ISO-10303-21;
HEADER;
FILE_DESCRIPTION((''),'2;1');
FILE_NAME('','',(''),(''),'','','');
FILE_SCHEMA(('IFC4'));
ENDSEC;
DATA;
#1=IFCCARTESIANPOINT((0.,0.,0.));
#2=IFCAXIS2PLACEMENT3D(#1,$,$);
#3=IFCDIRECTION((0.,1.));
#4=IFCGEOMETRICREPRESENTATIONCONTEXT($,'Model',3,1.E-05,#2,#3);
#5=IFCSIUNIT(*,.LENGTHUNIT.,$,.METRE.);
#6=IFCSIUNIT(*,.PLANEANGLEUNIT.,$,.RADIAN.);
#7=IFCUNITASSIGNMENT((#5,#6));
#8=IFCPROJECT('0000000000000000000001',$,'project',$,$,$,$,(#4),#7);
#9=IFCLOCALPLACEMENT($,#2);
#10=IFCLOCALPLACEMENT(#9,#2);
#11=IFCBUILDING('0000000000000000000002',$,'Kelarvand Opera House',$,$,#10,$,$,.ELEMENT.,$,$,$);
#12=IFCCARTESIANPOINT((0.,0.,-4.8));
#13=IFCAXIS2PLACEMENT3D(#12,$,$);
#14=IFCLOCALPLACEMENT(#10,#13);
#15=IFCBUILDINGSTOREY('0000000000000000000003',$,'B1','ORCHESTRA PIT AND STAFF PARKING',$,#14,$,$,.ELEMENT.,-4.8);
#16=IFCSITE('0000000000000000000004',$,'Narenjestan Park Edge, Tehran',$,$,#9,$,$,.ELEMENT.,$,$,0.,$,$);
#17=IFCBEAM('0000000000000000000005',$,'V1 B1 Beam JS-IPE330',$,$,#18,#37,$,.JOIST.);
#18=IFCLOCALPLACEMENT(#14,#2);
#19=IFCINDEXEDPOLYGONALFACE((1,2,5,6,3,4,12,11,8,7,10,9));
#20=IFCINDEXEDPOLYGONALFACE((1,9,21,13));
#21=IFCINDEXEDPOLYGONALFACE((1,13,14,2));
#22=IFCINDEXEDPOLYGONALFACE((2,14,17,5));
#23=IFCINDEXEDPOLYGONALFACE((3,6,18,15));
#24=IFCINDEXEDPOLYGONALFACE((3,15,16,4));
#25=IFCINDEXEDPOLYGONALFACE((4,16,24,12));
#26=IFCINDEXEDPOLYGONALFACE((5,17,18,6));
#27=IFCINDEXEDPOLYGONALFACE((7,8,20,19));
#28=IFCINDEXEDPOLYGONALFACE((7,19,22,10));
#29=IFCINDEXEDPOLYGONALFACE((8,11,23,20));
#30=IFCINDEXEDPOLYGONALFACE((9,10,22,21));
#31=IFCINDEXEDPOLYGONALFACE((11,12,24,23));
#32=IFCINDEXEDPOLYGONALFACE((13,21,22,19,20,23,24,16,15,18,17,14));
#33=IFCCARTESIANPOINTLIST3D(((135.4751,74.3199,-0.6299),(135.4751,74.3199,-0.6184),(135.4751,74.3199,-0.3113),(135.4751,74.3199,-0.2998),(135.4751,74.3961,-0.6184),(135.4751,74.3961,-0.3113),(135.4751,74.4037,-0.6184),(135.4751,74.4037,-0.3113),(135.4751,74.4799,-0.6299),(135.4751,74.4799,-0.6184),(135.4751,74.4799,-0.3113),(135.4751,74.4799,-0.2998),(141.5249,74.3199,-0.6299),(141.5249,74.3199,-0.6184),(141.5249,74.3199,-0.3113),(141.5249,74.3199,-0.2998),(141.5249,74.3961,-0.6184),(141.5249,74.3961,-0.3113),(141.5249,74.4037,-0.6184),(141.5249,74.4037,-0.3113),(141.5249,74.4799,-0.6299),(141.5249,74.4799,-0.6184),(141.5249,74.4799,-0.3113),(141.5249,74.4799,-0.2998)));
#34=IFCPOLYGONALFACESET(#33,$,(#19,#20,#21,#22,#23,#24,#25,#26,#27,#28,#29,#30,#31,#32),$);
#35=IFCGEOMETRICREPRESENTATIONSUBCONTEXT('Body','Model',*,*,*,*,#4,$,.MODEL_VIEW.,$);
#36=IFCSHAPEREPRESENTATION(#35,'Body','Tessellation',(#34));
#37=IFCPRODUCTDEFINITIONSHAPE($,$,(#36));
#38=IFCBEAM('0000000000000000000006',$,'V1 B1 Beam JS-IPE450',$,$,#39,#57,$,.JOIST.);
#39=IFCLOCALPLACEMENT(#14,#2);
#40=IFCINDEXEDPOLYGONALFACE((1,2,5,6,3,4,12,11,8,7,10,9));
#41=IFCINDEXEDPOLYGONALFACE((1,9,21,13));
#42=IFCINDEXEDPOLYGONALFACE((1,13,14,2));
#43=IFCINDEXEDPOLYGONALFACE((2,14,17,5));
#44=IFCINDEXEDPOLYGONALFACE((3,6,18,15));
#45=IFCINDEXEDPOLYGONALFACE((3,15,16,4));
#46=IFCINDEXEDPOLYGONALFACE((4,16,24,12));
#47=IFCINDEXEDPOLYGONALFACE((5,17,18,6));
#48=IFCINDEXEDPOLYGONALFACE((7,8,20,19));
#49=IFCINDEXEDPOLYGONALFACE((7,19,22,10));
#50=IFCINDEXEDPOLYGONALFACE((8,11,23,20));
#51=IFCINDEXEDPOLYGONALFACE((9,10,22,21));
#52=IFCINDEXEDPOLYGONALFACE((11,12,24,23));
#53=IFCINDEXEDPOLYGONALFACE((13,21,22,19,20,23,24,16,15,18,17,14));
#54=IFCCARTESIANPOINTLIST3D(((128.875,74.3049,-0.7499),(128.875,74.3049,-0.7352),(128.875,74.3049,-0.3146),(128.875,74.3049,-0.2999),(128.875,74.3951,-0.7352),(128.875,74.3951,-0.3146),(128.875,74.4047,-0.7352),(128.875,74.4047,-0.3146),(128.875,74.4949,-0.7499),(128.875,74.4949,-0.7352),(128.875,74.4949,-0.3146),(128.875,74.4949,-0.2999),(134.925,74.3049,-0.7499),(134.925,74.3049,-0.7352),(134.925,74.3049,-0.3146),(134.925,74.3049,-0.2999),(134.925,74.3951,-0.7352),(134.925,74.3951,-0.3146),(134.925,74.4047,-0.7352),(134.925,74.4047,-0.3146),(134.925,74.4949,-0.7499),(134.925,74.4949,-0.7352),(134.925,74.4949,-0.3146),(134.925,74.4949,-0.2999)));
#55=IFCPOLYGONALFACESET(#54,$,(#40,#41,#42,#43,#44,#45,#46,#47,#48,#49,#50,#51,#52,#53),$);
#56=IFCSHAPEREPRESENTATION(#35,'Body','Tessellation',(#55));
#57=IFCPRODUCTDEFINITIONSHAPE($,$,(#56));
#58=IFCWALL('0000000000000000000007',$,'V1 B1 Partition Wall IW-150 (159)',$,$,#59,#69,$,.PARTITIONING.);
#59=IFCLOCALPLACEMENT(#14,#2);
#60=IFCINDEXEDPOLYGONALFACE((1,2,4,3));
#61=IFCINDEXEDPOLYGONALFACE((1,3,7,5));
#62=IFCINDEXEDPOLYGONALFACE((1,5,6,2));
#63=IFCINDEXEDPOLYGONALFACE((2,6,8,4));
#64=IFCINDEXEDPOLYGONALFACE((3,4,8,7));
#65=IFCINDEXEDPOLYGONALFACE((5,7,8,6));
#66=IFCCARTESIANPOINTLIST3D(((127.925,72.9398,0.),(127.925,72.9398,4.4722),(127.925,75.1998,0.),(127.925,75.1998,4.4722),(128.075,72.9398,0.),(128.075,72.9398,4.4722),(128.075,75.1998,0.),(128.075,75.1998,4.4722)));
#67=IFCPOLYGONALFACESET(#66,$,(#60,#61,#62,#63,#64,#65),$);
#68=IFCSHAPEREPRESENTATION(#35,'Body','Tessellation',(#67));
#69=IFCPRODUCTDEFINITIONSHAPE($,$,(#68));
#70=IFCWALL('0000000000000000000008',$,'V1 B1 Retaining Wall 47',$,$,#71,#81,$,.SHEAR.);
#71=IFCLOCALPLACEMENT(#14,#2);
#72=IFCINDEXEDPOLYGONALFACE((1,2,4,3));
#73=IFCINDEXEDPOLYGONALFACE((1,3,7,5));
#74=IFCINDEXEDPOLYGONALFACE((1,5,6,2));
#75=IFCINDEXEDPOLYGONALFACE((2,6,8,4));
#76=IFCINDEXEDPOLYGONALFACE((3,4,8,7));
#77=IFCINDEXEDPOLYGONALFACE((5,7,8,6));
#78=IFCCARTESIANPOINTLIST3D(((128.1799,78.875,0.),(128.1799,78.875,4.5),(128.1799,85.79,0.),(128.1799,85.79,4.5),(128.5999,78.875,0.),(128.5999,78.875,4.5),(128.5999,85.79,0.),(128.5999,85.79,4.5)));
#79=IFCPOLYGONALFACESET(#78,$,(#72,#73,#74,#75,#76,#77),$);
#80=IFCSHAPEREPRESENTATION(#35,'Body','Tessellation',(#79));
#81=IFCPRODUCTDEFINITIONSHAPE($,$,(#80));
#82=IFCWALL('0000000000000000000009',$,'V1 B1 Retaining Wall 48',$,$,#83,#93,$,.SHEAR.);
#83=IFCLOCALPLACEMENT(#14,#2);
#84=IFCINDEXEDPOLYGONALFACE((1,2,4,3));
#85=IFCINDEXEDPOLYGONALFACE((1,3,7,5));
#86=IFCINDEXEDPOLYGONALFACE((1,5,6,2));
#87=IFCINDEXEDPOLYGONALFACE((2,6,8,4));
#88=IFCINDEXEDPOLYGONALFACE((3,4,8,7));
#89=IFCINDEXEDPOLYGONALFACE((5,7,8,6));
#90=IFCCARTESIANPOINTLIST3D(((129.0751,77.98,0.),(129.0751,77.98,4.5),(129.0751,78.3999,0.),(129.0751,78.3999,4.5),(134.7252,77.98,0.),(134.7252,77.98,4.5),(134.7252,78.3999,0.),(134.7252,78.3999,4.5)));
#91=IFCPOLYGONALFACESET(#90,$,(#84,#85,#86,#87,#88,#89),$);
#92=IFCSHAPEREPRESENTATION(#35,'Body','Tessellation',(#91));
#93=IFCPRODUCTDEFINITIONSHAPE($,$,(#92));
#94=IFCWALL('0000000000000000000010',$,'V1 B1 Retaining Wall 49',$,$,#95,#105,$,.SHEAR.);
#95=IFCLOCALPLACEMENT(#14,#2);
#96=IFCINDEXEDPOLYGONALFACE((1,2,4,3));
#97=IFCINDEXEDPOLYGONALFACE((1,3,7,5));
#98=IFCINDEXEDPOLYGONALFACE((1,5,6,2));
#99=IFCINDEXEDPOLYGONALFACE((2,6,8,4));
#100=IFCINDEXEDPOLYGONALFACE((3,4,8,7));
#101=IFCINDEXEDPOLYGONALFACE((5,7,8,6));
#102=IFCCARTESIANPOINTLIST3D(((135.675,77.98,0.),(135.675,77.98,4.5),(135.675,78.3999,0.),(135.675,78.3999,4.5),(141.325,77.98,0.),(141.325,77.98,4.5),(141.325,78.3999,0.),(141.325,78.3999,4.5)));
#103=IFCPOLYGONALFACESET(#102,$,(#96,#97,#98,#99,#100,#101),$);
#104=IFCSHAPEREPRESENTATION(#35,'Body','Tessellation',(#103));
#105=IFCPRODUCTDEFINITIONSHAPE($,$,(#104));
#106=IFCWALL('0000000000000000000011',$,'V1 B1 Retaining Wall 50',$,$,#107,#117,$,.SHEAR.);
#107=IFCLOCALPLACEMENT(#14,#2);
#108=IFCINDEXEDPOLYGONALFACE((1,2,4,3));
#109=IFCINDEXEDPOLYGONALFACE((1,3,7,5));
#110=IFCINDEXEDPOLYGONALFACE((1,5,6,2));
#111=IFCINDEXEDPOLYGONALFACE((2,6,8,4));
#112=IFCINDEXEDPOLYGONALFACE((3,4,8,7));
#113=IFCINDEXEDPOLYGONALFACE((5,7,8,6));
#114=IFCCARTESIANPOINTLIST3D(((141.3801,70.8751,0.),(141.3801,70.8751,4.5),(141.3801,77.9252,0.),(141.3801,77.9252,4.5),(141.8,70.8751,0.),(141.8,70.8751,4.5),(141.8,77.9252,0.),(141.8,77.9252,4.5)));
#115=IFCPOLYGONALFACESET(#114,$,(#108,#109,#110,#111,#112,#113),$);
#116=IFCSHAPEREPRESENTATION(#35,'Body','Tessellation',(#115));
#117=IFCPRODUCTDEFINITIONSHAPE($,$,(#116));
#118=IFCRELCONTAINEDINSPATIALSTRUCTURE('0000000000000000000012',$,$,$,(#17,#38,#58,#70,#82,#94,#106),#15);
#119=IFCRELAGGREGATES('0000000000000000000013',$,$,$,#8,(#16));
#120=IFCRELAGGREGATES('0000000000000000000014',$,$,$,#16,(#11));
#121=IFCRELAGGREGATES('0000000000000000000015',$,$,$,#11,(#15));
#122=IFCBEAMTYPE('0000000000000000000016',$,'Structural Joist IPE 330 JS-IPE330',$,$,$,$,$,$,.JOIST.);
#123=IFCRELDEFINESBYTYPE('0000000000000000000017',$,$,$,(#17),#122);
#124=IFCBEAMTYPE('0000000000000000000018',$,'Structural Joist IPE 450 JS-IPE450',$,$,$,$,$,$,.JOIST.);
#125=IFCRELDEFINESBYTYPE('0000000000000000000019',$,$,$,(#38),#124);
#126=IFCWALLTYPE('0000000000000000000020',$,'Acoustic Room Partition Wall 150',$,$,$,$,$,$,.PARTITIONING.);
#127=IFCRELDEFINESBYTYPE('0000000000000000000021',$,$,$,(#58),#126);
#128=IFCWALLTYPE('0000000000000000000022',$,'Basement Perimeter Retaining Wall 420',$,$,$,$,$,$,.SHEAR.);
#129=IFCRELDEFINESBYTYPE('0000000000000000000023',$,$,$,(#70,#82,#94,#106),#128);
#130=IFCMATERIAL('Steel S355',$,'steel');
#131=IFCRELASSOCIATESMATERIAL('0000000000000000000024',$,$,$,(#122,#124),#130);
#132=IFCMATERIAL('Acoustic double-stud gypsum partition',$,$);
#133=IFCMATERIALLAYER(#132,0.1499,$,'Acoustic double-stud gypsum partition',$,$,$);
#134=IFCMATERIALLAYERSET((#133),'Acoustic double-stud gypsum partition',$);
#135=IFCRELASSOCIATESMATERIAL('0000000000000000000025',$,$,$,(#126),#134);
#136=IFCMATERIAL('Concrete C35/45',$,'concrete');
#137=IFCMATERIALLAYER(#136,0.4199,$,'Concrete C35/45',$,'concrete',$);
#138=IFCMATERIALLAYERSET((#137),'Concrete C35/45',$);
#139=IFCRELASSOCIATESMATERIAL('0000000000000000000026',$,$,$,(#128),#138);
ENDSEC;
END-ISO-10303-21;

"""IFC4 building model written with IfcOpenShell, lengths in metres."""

from ifc_helpers import new_model, si_unit, direction, frame, frame_2d, origin, origin_2d, place, context, subcontext, project, spatial, rectangle, i_section, extrude, material, layer, layer_set, material_profile, profile_set, type_object, element, save


model = new_model("IFC4")

# Units and contexts
model_context = context("Model", 3, precision=1e-05, world=origin(), true_north=direction((0.0, 1.0)))
body_context = subcontext(model_context, "Body", "Model", "MODEL_VIEW")
ifc_project = project(units=[si_unit("LENGTHUNIT", "METRE"), si_unit("PLANEANGLEUNIT", "RADIAN")], contexts=[model_context])

# Site, building, storey
site_placement = place(None, origin())
site = spatial("IfcSite", under=ifc_project, at=site_placement, Name="Narenjestan Park Edge, Tehran", CompositionType="ELEMENT", RefElevation=0.0)
building_placement = place(site_placement, origin())
building = spatial("IfcBuilding", under=site, at=building_placement, Name="Kelarvand Opera House", CompositionType="ELEMENT")
storey_placement = place(building_placement, frame((0.0, 0.0, -4.8)))
storey = spatial("IfcBuildingStorey", under=building, at=storey_placement, Name="B1", Description="ORCHESTRA PIT AND STAFF PARKING", CompositionType="ELEMENT", Elevation=-4.8)

# Beams
ifc_material_1 = material(Name="Steel S355", Category="steel")
ifc_material_profile_1 = material_profile(ifc_material_1, i_section(OverallWidth=0.1599, OverallDepth=0.3301, WebThickness=0.0076, FlangeThickness=0.0115, at=origin_2d()), Name="IPE 330", Category="steel")
ifc_profile_set_1 = profile_set([ifc_material_profile_1], Name="Steel S355")
beam_type_1 = type_object("IfcBeamType", Name="Structural Joist IPE 330 JS-IPE330", PredefinedType="JOIST", material=ifc_profile_set_1)
beam_1_placement = place(storey_placement, frame((135.4751, 74.3999, -0.4648), z_axis=(1.0, 0.0, 0.0), x_axis=(0.0, 1.0, 0.0)))
element("IfcBeam", 1, at=beam_1_placement, inside=storey, type_object=beam_type_1, Name="V1 B1 Beam JS-IPE330", PredefinedType="JOIST", context=body_context, shape_type="SweptSolid", body=[
    extrude(i_section(OverallWidth=0.1599, OverallDepth=0.3301, WebThickness=0.0076, FlangeThickness=0.0115, at=origin_2d()), origin(), (0.0, 0.0, 1.0), 6.0498),
])
ifc_material_profile_2 = material_profile(ifc_material_1, i_section(OverallWidth=0.1899, OverallDepth=0.45, WebThickness=0.0095, FlangeThickness=0.0146, at=origin_2d()), Name="IPE 450", Category="steel")
ifc_profile_set_2 = profile_set([ifc_material_profile_2], Name="Steel S355")
beam_type_2 = type_object("IfcBeamType", Name="Structural Joist IPE 450 JS-IPE450", PredefinedType="JOIST", material=ifc_profile_set_2)
beam_2_placement = place(storey_placement, frame((128.875, 74.3999, -0.5249), z_axis=(1.0, 0.0, 0.0), x_axis=(0.0, 1.0, 0.0)))
element("IfcBeam", 2, at=beam_2_placement, inside=storey, type_object=beam_type_2, Name="V1 B1 Beam JS-IPE450", PredefinedType="JOIST", context=body_context, shape_type="SweptSolid", body=[
    extrude(i_section(OverallWidth=0.1899, OverallDepth=0.45, WebThickness=0.0095, FlangeThickness=0.0146, at=origin_2d()), origin(), (0.0, 0.0, 1.0), 6.05),
])

# Walls
ifc_material_2 = material(Name="Acoustic double-stud gypsum partition")
ifc_layer_1 = layer(ifc_material_2, 0.1499, Name="Acoustic double-stud gypsum partition")
ifc_layer_set_1 = layer_set([ifc_layer_1], Name="Acoustic double-stud gypsum partition")
wall_type_1 = type_object("IfcWallType", Name="Acoustic Room Partition Wall 150", PredefinedType="PARTITIONING", material=ifc_layer_set_1)
wall_1_placement = place(storey_placement, frame((128.0, 72.9399, 0.0), z_axis=(0.0, 0.0, 1.0), x_axis=(0.0, 1.0, 0.0)))
element("IfcWall", 3, at=wall_1_placement, inside=storey, type_object=wall_type_1, Name="V1 B1 Partition Wall IW-150 (159)", PredefinedType="PARTITIONING", context=body_context, shape_type="SweptSolid", body=[
    extrude(rectangle(XDim=2.26, YDim=0.1499, at=frame_2d((1.1299, 0.0))), origin(), (0.0, 0.0, 1.0), 4.4722),
])
ifc_material_3 = material(Name="Concrete C35/45", Category="concrete")
ifc_layer_2 = layer(ifc_material_3, 0.4199, Name="Concrete C35/45", Category="concrete")
ifc_layer_set_2 = layer_set([ifc_layer_2], Name="Concrete C35/45")
wall_type_2 = type_object("IfcWallType", Name="Basement Perimeter Retaining Wall 420", PredefinedType="SHEAR", material=ifc_layer_set_2)
wall_2_placement = place(storey_placement, frame((128.3899, 85.79, 0.0), z_axis=(0.0, 0.0, 1.0), x_axis=(0.0, -1.0, 0.0)))
element("IfcWall", 4, at=wall_2_placement, inside=storey, type_object=wall_type_2, Name="V1 B1 Retaining Wall 47", PredefinedType="SHEAR", context=body_context, shape_type="SweptSolid", body=[
    extrude(rectangle(XDim=6.915, YDim=0.4199, at=frame_2d((3.4575, 0.0))), origin(), (0.0, 0.0, 1.0), 4.5),
])
wall_3_placement = place(storey_placement, frame((129.075, 78.1899, 0.0), z_axis=(0.0, 0.0, 1.0), x_axis=(1.0, 0.0, 0.0)))
element("IfcWall", 5, at=wall_3_placement, inside=storey, type_object=wall_type_2, Name="V1 B1 Retaining Wall 48", PredefinedType="SHEAR", context=body_context, shape_type="SweptSolid", body=[
    extrude(rectangle(XDim=5.6501, YDim=0.4199, at=frame_2d((2.8252, 0.0))), origin(), (0.0, 0.0, 1.0), 4.5),
])
wall_4_placement = place(storey_placement, frame((135.675, 78.1899, 0.0), z_axis=(0.0, 0.0, 1.0), x_axis=(1.0, 0.0, 0.0)))
element("IfcWall", 6, at=wall_4_placement, inside=storey, type_object=wall_type_2, Name="V1 B1 Retaining Wall 49", PredefinedType="SHEAR", context=body_context, shape_type="SweptSolid", body=[
    extrude(rectangle(XDim=5.6499, YDim=0.4199, at=frame_2d((2.825, 0.0))), origin(), (0.0, 0.0, 1.0), 4.5),
])
wall_5_placement = place(storey_placement, frame((141.5901, 77.925, 0.0), z_axis=(0.0, 0.0, 1.0), x_axis=(0.0, -1.0, 0.0)))
element("IfcWall", 7, at=wall_5_placement, inside=storey, type_object=wall_type_2, Name="V1 B1 Retaining Wall 50", PredefinedType="SHEAR", context=body_context, shape_type="SweptSolid", body=[
    extrude(rectangle(XDim=7.05, YDim=0.4199, at=frame_2d((3.5249, 0.0))), origin(), (0.0, 0.0, 1.0), 4.5),
])

save(model, "model.ifc")
